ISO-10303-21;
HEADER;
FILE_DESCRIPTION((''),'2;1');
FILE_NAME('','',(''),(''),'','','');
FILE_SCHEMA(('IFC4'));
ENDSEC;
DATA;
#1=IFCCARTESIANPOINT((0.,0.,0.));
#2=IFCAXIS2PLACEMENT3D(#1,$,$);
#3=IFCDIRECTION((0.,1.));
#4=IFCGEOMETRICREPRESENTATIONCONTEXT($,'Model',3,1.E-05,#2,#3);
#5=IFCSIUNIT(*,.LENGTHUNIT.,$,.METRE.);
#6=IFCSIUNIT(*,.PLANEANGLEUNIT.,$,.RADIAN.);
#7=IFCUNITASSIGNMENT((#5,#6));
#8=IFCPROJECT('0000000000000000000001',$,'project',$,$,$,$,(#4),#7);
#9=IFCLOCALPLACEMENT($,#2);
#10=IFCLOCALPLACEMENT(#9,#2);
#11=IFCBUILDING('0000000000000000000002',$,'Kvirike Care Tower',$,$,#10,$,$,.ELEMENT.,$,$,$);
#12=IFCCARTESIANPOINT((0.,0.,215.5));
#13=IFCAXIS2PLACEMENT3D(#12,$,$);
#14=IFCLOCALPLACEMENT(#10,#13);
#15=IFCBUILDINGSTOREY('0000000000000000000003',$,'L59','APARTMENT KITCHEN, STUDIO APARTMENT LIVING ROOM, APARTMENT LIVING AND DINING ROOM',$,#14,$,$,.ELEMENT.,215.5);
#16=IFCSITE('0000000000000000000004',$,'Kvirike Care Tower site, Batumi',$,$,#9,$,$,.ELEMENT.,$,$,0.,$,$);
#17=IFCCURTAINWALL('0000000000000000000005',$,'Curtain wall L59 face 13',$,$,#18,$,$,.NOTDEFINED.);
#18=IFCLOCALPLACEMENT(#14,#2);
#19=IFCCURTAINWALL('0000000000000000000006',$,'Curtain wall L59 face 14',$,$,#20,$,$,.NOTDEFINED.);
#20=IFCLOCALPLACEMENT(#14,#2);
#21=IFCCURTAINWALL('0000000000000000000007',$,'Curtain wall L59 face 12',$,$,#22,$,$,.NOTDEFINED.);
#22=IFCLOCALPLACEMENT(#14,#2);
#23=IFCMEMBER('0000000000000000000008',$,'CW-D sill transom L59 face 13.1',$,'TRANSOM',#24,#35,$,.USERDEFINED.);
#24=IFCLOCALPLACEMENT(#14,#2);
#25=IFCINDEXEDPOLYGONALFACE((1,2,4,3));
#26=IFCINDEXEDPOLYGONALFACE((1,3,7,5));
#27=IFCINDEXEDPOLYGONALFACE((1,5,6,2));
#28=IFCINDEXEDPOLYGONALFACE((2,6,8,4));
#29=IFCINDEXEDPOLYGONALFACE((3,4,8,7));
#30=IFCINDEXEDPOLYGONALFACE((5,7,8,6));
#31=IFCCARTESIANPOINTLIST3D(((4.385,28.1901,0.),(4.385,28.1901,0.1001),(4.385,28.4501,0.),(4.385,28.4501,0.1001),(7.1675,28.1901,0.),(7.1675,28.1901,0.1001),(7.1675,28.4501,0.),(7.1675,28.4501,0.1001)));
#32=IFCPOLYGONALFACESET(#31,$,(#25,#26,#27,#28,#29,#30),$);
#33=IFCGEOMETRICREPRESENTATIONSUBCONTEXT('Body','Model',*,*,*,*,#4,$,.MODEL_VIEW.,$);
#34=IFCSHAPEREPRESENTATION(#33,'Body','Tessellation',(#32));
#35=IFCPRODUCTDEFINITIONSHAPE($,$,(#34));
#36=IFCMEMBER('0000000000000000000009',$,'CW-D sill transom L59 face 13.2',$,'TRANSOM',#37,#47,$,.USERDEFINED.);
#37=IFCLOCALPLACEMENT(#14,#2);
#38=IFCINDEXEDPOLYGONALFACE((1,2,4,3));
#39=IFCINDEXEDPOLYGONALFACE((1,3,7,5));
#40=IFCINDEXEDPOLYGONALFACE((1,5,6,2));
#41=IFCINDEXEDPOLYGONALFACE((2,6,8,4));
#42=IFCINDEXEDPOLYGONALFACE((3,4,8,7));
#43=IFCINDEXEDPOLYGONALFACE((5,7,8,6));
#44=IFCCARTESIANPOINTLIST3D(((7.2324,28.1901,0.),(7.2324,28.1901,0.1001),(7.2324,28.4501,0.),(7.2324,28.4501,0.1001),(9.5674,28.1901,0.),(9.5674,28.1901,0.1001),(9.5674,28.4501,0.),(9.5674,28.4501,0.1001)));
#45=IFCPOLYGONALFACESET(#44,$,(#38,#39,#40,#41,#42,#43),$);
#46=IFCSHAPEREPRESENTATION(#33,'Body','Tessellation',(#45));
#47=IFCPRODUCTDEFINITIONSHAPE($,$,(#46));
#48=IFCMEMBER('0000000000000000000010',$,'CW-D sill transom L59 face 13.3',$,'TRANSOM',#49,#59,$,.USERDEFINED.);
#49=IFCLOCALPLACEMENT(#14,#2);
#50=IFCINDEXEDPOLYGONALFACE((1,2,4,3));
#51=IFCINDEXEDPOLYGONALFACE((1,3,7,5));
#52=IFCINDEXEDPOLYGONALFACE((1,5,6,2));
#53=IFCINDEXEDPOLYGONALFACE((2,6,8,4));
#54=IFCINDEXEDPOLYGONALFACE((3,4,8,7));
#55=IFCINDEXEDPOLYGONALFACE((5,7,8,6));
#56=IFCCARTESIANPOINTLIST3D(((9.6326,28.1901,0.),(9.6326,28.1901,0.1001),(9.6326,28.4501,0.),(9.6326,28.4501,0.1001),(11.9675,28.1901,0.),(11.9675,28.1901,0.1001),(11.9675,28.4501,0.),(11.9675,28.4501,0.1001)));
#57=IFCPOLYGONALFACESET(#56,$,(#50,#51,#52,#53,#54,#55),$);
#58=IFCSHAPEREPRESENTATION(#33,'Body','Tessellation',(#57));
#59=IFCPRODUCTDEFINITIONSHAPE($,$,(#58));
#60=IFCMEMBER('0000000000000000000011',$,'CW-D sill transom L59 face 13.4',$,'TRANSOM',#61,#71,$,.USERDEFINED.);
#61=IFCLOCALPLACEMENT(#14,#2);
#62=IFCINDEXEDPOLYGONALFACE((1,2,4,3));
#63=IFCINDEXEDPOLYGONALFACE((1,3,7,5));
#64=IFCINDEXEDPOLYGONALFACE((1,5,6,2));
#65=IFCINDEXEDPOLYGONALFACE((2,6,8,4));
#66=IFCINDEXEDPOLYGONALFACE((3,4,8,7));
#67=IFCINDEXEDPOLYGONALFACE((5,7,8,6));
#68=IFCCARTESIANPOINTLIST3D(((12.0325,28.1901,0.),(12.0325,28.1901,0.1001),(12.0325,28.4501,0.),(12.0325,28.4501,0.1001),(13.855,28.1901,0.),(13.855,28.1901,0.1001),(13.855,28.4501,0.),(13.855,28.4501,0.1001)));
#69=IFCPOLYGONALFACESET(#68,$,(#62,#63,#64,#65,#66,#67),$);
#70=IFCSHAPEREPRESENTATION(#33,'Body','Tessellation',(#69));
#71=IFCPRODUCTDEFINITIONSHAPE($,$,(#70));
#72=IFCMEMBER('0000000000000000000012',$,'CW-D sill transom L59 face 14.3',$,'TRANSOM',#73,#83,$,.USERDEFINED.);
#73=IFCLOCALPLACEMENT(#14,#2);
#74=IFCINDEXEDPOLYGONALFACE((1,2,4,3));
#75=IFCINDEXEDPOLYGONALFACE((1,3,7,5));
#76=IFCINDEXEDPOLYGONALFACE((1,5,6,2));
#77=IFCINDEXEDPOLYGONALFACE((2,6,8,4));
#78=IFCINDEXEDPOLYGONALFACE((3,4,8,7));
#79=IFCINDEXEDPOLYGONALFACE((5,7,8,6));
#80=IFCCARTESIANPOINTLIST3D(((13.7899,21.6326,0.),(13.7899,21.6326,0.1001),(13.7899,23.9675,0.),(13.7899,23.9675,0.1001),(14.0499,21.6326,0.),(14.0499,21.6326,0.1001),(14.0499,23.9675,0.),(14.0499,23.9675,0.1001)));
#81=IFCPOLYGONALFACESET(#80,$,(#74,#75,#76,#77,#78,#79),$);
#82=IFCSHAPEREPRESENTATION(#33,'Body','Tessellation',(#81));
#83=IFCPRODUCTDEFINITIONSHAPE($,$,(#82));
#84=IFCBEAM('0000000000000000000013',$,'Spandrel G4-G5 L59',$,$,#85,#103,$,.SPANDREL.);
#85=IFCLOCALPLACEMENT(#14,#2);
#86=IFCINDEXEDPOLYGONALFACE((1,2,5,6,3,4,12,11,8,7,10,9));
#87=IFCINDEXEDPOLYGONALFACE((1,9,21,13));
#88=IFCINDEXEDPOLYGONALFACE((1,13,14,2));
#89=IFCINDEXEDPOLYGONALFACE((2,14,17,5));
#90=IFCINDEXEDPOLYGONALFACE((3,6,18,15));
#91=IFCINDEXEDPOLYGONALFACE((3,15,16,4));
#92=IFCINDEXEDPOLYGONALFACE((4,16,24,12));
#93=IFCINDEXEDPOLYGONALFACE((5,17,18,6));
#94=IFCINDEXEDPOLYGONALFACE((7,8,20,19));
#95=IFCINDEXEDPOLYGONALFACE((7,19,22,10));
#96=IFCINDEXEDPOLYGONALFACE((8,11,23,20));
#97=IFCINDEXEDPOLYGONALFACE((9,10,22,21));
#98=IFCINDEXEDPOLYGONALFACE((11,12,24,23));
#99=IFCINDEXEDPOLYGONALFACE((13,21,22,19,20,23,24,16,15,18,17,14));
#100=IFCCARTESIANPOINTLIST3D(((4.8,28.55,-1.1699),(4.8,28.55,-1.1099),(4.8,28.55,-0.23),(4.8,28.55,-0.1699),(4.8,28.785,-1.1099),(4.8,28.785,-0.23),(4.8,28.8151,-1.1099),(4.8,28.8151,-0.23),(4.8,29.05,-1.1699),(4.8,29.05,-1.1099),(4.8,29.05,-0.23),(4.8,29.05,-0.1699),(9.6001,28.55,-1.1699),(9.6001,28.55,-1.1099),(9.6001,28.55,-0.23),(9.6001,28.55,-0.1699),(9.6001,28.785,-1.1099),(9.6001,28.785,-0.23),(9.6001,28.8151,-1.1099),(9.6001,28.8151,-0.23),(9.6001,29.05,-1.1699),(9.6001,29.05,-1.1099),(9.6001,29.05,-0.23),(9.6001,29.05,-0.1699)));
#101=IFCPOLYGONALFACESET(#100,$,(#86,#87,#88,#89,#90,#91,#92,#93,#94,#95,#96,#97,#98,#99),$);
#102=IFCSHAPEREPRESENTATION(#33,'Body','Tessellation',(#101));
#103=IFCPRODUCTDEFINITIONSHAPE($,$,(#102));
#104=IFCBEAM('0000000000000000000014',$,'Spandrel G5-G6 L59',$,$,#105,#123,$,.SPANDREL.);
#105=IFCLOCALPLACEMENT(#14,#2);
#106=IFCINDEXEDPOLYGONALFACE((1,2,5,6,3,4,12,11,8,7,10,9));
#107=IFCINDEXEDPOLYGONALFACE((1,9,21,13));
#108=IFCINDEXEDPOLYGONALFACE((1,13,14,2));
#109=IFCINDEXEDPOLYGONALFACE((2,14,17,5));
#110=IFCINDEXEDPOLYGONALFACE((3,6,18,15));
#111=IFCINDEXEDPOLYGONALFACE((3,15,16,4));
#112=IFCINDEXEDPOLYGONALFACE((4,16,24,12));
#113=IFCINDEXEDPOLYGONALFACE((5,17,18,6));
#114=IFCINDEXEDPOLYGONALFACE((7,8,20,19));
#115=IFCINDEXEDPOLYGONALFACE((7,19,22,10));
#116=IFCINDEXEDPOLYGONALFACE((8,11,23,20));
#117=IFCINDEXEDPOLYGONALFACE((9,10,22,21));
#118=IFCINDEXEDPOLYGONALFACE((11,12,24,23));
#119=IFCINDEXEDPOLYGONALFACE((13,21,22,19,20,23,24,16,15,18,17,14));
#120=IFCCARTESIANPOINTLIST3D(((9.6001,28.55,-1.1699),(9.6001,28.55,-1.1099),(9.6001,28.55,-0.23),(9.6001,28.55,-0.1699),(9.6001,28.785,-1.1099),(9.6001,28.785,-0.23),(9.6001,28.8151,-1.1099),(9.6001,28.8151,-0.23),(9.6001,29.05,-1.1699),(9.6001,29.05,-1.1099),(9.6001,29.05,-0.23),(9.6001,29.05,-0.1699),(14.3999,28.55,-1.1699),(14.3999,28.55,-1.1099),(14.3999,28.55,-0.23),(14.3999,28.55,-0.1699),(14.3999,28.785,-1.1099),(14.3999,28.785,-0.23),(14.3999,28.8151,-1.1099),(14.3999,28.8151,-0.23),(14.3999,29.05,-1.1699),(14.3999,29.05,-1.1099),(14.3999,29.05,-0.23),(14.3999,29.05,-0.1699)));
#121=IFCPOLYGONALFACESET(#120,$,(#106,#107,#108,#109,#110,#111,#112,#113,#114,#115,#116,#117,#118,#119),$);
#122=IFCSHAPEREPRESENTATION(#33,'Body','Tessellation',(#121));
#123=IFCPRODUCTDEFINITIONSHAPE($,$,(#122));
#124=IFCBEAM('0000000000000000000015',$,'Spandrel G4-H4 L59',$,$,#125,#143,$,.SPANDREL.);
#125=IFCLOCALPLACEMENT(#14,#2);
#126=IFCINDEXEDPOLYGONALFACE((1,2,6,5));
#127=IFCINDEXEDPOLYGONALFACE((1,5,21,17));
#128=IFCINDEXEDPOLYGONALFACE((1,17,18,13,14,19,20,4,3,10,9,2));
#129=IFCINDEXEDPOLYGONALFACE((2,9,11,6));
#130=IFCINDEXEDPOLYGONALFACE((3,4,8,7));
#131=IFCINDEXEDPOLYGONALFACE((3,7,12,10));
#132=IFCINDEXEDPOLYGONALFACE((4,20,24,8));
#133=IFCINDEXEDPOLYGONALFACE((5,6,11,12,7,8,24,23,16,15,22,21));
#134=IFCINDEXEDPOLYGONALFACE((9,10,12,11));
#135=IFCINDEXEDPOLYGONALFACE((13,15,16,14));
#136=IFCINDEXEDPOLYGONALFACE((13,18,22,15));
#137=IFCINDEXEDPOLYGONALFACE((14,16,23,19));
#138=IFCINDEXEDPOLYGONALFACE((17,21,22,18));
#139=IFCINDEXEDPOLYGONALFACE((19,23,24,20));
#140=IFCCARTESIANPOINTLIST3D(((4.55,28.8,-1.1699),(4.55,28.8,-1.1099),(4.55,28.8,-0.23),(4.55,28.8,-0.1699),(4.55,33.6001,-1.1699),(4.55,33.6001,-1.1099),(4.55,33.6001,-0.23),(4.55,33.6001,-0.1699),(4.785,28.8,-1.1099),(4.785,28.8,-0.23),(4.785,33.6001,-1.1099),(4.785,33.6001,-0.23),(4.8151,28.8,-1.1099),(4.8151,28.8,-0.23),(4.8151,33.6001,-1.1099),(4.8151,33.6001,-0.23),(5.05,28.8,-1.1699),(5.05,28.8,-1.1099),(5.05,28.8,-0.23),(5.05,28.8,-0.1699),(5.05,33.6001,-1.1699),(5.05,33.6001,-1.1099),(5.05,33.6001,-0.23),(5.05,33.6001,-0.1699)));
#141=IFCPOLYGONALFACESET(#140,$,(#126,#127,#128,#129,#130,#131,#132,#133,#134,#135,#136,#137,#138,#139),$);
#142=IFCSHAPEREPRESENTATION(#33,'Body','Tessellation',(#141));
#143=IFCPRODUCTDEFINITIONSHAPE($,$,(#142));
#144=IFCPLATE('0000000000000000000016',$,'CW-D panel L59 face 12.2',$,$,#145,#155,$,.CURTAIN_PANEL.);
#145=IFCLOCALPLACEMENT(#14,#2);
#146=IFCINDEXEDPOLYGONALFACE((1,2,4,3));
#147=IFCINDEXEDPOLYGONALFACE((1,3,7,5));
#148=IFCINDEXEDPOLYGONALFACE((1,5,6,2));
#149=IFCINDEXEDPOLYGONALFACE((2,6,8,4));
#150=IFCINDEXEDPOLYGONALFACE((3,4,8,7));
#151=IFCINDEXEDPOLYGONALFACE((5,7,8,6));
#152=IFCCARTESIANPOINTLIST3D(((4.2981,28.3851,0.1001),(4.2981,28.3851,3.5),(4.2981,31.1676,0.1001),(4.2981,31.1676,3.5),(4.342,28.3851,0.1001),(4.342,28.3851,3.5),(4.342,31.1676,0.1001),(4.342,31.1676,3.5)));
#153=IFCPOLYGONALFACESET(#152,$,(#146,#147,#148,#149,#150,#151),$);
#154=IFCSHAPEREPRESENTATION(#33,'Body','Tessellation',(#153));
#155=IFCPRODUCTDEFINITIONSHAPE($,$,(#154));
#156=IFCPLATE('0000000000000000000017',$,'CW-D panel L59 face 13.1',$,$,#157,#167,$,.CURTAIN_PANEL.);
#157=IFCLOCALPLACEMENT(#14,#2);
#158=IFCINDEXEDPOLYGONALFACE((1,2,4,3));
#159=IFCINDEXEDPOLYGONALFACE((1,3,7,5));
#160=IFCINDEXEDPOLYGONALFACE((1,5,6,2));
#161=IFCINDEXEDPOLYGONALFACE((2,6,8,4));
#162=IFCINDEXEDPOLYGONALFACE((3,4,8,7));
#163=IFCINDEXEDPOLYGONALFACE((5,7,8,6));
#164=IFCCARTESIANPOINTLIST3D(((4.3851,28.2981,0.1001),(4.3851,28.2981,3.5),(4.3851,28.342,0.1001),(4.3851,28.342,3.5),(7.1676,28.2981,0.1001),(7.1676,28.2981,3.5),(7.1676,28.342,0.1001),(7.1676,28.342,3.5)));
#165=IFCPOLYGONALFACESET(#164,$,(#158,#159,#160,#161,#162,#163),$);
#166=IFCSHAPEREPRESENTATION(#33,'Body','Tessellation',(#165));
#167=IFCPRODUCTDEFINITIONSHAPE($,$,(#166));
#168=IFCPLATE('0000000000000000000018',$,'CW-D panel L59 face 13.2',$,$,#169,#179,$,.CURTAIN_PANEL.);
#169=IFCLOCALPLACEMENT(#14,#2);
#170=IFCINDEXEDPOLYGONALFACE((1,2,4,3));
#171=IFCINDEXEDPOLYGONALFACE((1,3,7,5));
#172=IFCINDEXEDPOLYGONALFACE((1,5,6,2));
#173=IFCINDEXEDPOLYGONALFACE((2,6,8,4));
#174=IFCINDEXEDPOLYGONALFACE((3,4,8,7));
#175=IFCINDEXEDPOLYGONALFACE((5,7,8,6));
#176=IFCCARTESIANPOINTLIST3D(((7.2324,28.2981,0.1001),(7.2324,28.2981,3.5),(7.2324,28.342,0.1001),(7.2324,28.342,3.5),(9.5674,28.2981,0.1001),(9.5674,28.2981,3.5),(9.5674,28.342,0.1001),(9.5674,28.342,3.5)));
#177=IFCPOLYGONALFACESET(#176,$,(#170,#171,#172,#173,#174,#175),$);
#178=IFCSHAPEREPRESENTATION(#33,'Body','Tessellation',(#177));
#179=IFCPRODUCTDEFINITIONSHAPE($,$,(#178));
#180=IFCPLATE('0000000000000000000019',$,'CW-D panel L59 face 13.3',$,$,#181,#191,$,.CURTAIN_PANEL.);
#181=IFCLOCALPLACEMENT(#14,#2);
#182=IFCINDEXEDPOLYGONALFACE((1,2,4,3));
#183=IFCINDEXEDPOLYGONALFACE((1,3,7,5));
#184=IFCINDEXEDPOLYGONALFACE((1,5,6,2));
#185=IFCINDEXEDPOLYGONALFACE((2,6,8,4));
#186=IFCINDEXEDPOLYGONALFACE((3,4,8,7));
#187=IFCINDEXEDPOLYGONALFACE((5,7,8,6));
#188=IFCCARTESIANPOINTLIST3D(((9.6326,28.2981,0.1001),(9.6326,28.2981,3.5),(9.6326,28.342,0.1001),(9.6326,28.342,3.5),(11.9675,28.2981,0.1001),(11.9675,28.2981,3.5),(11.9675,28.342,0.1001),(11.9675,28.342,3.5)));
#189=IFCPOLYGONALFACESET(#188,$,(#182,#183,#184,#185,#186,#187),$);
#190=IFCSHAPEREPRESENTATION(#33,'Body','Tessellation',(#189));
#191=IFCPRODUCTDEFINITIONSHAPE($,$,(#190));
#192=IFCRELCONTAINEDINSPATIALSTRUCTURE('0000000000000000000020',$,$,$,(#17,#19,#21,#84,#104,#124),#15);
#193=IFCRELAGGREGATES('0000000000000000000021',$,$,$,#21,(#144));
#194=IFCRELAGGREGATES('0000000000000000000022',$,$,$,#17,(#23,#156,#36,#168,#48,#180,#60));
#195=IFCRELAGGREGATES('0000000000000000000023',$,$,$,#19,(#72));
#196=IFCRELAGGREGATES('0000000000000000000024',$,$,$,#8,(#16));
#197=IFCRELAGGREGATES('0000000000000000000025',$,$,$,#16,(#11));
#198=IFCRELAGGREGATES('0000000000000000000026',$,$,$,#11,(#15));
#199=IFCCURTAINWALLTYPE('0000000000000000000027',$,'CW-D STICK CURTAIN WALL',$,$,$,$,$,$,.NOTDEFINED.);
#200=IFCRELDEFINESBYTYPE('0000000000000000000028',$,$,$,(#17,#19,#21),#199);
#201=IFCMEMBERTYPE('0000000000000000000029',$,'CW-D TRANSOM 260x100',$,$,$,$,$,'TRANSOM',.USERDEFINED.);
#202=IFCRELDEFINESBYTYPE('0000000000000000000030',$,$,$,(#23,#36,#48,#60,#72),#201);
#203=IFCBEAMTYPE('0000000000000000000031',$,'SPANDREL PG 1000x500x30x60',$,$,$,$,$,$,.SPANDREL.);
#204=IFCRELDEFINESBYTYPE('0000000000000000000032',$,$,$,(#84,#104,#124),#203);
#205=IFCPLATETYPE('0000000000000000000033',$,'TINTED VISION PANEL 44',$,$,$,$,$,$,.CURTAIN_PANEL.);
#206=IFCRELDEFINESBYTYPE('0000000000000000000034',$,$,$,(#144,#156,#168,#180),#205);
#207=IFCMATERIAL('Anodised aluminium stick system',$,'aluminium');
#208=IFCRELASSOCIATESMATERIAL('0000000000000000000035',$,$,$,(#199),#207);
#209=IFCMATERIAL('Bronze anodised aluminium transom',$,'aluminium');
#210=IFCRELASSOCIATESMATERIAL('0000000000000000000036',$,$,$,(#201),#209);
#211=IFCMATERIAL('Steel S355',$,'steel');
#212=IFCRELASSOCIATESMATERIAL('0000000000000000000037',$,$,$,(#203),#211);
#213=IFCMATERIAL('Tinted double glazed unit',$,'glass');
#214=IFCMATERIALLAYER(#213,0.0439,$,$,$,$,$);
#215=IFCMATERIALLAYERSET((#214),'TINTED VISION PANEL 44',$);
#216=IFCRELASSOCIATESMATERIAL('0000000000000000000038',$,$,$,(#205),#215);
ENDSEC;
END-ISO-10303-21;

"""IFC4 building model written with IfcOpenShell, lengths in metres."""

from ifc_helpers import new_model, si_unit, direction, frame, origin, origin_2d, place, context, subcontext, project, spatial, rectangle, i_section, extrude, material, layer, layer_set, material_profile, profile_set, type_object, element, aggregate, save


model = new_model("IFC4")

# Units and contexts
model_context = context("Model", 3, precision=1e-05, world=origin(), true_north=direction((0.0, 1.0)))
body_context = subcontext(model_context, "Body", "Model", "MODEL_VIEW")
ifc_project = project(units=[si_unit("LENGTHUNIT", "METRE"), si_unit("PLANEANGLEUNIT", "RADIAN")], contexts=[model_context])

# Site, building, storey
site_placement = place(None, origin())
site = spatial("IfcSite", under=ifc_project, at=site_placement, Name="Kvirike Care Tower site, Batumi", CompositionType="ELEMENT", RefElevation=0.0)
building_placement = place(site_placement, origin())
building = spatial("IfcBuilding", under=site, at=building_placement, Name="Kvirike Care Tower", CompositionType="ELEMENT")
storey_placement = place(building_placement, frame((0.0, 0.0, 215.5)))
storey = spatial("IfcBuildingStorey", under=building, at=storey_placement, Name="L59", Description="APARTMENT KITCHEN, STUDIO APARTMENT LIVING ROOM, APARTMENT LIVING AND DINING ROOM", CompositionType="ELEMENT", Elevation=215.5)

# Curtain walls
ifc_material_1 = material(Name="Anodised aluminium stick system", Category="aluminium")
curtain_wall_type = type_object("IfcCurtainWallType", Name="CW-D STICK CURTAIN WALL", PredefinedType="NOTDEFINED", material=ifc_material_1)
curtain_wall_1_placement = place(storey_placement, origin())
curtain_wall_1 = element("IfcCurtainWall", 1, at=curtain_wall_1_placement, inside=storey, type_object=curtain_wall_type, Name="Curtain wall L59 face 13", PredefinedType="NOTDEFINED")
curtain_wall_2_placement = place(storey_placement, origin())
curtain_wall_2 = element("IfcCurtainWall", 2, at=curtain_wall_2_placement, inside=storey, type_object=curtain_wall_type, Name="Curtain wall L59 face 14", PredefinedType="NOTDEFINED")
curtain_wall_3_placement = place(storey_placement, origin())
curtain_wall_3 = element("IfcCurtainWall", 3, at=curtain_wall_3_placement, inside=storey, type_object=curtain_wall_type, Name="Curtain wall L59 face 12", PredefinedType="NOTDEFINED")

# Members
ifc_material_2 = material(Name="Bronze anodised aluminium transom", Category="aluminium")
ifc_material_profile_1 = material_profile(ifc_material_2, rectangle(XDim=0.26, YDim=0.1001, at=origin_2d()), Name="CW-D TRANSOM 260x100")
ifc_profile_set_1 = profile_set([ifc_material_profile_1], Name="Bronze anodised aluminium transom")
member_type_1 = type_object("IfcMemberType", Name="CW-D TRANSOM 260x100", ElementType="TRANSOM", PredefinedType="USERDEFINED", material=ifc_profile_set_1)
member_1_placement = place(storey_placement, frame((4.385, 28.3201, 0.05), z_axis=(1.0, 0.0, 0.0), x_axis=(0.0, 1.0, 0.0)))
member_1 = element("IfcMember", 4, at=member_1_placement, type_object=member_type_1, Name="CW-D sill transom L59 face 13.1", ObjectType="TRANSOM", PredefinedType="USERDEFINED", context=body_context, shape_type="SweptSolid", body=[
    extrude(rectangle(XDim=0.26, YDim=0.1001, at=origin_2d()), origin(), (0.0, 0.0, 1.0), 2.7825),
])
member_2_placement = place(storey_placement, frame((7.2324, 28.3201, 0.05), z_axis=(1.0, 0.0, 0.0), x_axis=(0.0, 1.0, 0.0)))
member_2 = element("IfcMember", 5, at=member_2_placement, type_object=member_type_1, Name="CW-D sill transom L59 face 13.2", ObjectType="TRANSOM", PredefinedType="USERDEFINED", context=body_context, shape_type="SweptSolid", body=[
    extrude(rectangle(XDim=0.26, YDim=0.1001, at=origin_2d()), origin(), (0.0, 0.0, 1.0), 2.335),
])
member_3_placement = place(storey_placement, frame((9.6326, 28.3201, 0.05), z_axis=(1.0, 0.0, 0.0), x_axis=(0.0, 1.0, 0.0)))
member_3 = element("IfcMember", 6, at=member_3_placement, type_object=member_type_1, Name="CW-D sill transom L59 face 13.3", ObjectType="TRANSOM", PredefinedType="USERDEFINED", context=body_context, shape_type="SweptSolid", body=[
    extrude(rectangle(XDim=0.26, YDim=0.1001, at=origin_2d()), origin(), (0.0, 0.0, 1.0), 2.335),
])
member_4_placement = place(storey_placement, frame((12.0325, 28.3201, 0.05), z_axis=(1.0, 0.0, 0.0), x_axis=(0.0, 1.0, 0.0)))
member_4 = element("IfcMember", 7, at=member_4_placement, type_object=member_type_1, Name="CW-D sill transom L59 face 13.4", ObjectType="TRANSOM", PredefinedType="USERDEFINED", context=body_context, shape_type="SweptSolid", body=[
    extrude(rectangle(XDim=0.26, YDim=0.1001, at=origin_2d()), origin(), (0.0, 0.0, 1.0), 1.8225),
])
member_5_placement = place(storey_placement, frame((13.9199, 23.9675, 0.05), z_axis=(0.0, -1.0, 0.0), x_axis=(1.0, 0.0, 0.0)))
member_5 = element("IfcMember", 8, at=member_5_placement, type_object=member_type_1, Name="CW-D sill transom L59 face 14.3", ObjectType="TRANSOM", PredefinedType="USERDEFINED", context=body_context, shape_type="SweptSolid", body=[
    extrude(rectangle(XDim=0.26, YDim=0.1001, at=origin_2d()), origin(), (0.0, 0.0, 1.0), 2.335),
])

# Beams
ifc_material_3 = material(Name="Steel S355", Category="steel")
ifc_material_profile_2 = material_profile(ifc_material_3, i_section(OverallWidth=0.5, OverallDepth=1.0, WebThickness=0.03, FlangeThickness=0.0601, at=origin_2d()), Name="PG 1000x500x30x60")
ifc_profile_set_2 = profile_set([ifc_material_profile_2], Name="Steel S355")
beam_type = type_object("IfcBeamType", Name="SPANDREL PG 1000x500x30x60", PredefinedType="SPANDREL", material=ifc_profile_set_2)
beam_1_placement = place(storey_placement, frame((4.8, 28.8, -0.6699), z_axis=(1.0, 0.0, 0.0), x_axis=(0.0, 1.0, 0.0)))
element("IfcBeam", 9, at=beam_1_placement, inside=storey, type_object=beam_type, Name="Spandrel G4-G5 L59", PredefinedType="SPANDREL", context=body_context, shape_type="SweptSolid", body=[
    extrude(i_section(OverallWidth=0.5, OverallDepth=1.0, WebThickness=0.03, FlangeThickness=0.0601, at=origin_2d()), origin(), (0.0, 0.0, 1.0), 4.8),
])
beam_2_placement = place(storey_placement, frame((9.6001, 28.8, -0.6699), z_axis=(1.0, 0.0, 0.0), x_axis=(0.0, 1.0, 0.0)))
element("IfcBeam", 10, at=beam_2_placement, inside=storey, type_object=beam_type, Name="Spandrel G5-G6 L59", PredefinedType="SPANDREL", context=body_context, shape_type="SweptSolid", body=[
    extrude(i_section(OverallWidth=0.5, OverallDepth=1.0, WebThickness=0.03, FlangeThickness=0.0601, at=origin_2d()), origin(), (0.0, 0.0, 1.0), 4.7998),
])
beam_3_placement = place(storey_placement, frame((4.8, 28.8, -0.6699), z_axis=(0.0, 1.0, 0.0), x_axis=(-1.0, 0.0, 0.0)))
element("IfcBeam", 11, at=beam_3_placement, inside=storey, type_object=beam_type, Name="Spandrel G4-H4 L59", PredefinedType="SPANDREL", context=body_context, shape_type="SweptSolid", body=[
    extrude(i_section(OverallWidth=0.5, OverallDepth=1.0, WebThickness=0.03, FlangeThickness=0.0601, at=origin_2d()), origin(), (0.0, 0.0, 1.0), 4.8),
])

# Plates
ifc_material_4 = material(Name="Tinted double glazed unit", Category="glass")
ifc_layer = layer(ifc_material_4, 0.0439)
ifc_layer_set = layer_set([ifc_layer], Name="TINTED VISION PANEL 44")
plate_type = type_object("IfcPlateType", Name="TINTED VISION PANEL 44", PredefinedType="CURTAIN_PANEL", material=ifc_layer_set)
plate_1_placement = place(storey_placement, frame((4.3201, 29.7764, 0.1001), z_axis=(0.0, 0.0, 1.0), x_axis=(0.0, -1.0, 0.0)))
plate_1 = element("IfcPlate", 12, at=plate_1_placement, type_object=plate_type, Name="CW-D panel L59 face 12.2", PredefinedType="CURTAIN_PANEL", context=body_context, shape_type="SweptSolid", body=[
    extrude(rectangle(XDim=2.7825, YDim=0.0439, at=origin_2d()), origin(), (0.0, 0.0, 1.0), 3.3999),
])
aggregate(curtain_wall_3, [plate_1])
plate_2_placement = place(storey_placement, frame((5.7764, 28.3201, 0.1001), z_axis=(0.0, 0.0, 1.0), x_axis=(1.0, 0.0, 0.0)))
plate_2 = element("IfcPlate", 13, at=plate_2_placement, type_object=plate_type, Name="CW-D panel L59 face 13.1", PredefinedType="CURTAIN_PANEL", context=body_context, shape_type="SweptSolid", body=[
    extrude(rectangle(XDim=2.7825, YDim=0.0439, at=origin_2d()), origin(), (0.0, 0.0, 1.0), 3.3999),
])
plate_3_placement = place(storey_placement, frame((8.3999, 28.3201, 0.1001), z_axis=(0.0, 0.0, 1.0), x_axis=(1.0, 0.0, 0.0)))
plate_3 = element("IfcPlate", 14, at=plate_3_placement, type_object=plate_type, Name="CW-D panel L59 face 13.2", PredefinedType="CURTAIN_PANEL", context=body_context, shape_type="SweptSolid", body=[
    extrude(rectangle(XDim=2.335, YDim=0.0439, at=origin_2d()), origin(), (0.0, 0.0, 1.0), 3.3999),
])
plate_4_placement = place(storey_placement, frame((10.8, 28.3201, 0.1001), z_axis=(0.0, 0.0, 1.0), x_axis=(1.0, 0.0, 0.0)))
plate_4 = element("IfcPlate", 15, at=plate_4_placement, type_object=plate_type, Name="CW-D panel L59 face 13.3", PredefinedType="CURTAIN_PANEL", context=body_context, shape_type="SweptSolid", body=[
    extrude(rectangle(XDim=2.335, YDim=0.0439, at=origin_2d()), origin(), (0.0, 0.0, 1.0), 3.3999),
])
aggregate(curtain_wall_1, [member_1, plate_2, member_2, plate_3, member_3, plate_4, member_4])
aggregate(curtain_wall_2, [member_5])

save(model, "model.ifc")
